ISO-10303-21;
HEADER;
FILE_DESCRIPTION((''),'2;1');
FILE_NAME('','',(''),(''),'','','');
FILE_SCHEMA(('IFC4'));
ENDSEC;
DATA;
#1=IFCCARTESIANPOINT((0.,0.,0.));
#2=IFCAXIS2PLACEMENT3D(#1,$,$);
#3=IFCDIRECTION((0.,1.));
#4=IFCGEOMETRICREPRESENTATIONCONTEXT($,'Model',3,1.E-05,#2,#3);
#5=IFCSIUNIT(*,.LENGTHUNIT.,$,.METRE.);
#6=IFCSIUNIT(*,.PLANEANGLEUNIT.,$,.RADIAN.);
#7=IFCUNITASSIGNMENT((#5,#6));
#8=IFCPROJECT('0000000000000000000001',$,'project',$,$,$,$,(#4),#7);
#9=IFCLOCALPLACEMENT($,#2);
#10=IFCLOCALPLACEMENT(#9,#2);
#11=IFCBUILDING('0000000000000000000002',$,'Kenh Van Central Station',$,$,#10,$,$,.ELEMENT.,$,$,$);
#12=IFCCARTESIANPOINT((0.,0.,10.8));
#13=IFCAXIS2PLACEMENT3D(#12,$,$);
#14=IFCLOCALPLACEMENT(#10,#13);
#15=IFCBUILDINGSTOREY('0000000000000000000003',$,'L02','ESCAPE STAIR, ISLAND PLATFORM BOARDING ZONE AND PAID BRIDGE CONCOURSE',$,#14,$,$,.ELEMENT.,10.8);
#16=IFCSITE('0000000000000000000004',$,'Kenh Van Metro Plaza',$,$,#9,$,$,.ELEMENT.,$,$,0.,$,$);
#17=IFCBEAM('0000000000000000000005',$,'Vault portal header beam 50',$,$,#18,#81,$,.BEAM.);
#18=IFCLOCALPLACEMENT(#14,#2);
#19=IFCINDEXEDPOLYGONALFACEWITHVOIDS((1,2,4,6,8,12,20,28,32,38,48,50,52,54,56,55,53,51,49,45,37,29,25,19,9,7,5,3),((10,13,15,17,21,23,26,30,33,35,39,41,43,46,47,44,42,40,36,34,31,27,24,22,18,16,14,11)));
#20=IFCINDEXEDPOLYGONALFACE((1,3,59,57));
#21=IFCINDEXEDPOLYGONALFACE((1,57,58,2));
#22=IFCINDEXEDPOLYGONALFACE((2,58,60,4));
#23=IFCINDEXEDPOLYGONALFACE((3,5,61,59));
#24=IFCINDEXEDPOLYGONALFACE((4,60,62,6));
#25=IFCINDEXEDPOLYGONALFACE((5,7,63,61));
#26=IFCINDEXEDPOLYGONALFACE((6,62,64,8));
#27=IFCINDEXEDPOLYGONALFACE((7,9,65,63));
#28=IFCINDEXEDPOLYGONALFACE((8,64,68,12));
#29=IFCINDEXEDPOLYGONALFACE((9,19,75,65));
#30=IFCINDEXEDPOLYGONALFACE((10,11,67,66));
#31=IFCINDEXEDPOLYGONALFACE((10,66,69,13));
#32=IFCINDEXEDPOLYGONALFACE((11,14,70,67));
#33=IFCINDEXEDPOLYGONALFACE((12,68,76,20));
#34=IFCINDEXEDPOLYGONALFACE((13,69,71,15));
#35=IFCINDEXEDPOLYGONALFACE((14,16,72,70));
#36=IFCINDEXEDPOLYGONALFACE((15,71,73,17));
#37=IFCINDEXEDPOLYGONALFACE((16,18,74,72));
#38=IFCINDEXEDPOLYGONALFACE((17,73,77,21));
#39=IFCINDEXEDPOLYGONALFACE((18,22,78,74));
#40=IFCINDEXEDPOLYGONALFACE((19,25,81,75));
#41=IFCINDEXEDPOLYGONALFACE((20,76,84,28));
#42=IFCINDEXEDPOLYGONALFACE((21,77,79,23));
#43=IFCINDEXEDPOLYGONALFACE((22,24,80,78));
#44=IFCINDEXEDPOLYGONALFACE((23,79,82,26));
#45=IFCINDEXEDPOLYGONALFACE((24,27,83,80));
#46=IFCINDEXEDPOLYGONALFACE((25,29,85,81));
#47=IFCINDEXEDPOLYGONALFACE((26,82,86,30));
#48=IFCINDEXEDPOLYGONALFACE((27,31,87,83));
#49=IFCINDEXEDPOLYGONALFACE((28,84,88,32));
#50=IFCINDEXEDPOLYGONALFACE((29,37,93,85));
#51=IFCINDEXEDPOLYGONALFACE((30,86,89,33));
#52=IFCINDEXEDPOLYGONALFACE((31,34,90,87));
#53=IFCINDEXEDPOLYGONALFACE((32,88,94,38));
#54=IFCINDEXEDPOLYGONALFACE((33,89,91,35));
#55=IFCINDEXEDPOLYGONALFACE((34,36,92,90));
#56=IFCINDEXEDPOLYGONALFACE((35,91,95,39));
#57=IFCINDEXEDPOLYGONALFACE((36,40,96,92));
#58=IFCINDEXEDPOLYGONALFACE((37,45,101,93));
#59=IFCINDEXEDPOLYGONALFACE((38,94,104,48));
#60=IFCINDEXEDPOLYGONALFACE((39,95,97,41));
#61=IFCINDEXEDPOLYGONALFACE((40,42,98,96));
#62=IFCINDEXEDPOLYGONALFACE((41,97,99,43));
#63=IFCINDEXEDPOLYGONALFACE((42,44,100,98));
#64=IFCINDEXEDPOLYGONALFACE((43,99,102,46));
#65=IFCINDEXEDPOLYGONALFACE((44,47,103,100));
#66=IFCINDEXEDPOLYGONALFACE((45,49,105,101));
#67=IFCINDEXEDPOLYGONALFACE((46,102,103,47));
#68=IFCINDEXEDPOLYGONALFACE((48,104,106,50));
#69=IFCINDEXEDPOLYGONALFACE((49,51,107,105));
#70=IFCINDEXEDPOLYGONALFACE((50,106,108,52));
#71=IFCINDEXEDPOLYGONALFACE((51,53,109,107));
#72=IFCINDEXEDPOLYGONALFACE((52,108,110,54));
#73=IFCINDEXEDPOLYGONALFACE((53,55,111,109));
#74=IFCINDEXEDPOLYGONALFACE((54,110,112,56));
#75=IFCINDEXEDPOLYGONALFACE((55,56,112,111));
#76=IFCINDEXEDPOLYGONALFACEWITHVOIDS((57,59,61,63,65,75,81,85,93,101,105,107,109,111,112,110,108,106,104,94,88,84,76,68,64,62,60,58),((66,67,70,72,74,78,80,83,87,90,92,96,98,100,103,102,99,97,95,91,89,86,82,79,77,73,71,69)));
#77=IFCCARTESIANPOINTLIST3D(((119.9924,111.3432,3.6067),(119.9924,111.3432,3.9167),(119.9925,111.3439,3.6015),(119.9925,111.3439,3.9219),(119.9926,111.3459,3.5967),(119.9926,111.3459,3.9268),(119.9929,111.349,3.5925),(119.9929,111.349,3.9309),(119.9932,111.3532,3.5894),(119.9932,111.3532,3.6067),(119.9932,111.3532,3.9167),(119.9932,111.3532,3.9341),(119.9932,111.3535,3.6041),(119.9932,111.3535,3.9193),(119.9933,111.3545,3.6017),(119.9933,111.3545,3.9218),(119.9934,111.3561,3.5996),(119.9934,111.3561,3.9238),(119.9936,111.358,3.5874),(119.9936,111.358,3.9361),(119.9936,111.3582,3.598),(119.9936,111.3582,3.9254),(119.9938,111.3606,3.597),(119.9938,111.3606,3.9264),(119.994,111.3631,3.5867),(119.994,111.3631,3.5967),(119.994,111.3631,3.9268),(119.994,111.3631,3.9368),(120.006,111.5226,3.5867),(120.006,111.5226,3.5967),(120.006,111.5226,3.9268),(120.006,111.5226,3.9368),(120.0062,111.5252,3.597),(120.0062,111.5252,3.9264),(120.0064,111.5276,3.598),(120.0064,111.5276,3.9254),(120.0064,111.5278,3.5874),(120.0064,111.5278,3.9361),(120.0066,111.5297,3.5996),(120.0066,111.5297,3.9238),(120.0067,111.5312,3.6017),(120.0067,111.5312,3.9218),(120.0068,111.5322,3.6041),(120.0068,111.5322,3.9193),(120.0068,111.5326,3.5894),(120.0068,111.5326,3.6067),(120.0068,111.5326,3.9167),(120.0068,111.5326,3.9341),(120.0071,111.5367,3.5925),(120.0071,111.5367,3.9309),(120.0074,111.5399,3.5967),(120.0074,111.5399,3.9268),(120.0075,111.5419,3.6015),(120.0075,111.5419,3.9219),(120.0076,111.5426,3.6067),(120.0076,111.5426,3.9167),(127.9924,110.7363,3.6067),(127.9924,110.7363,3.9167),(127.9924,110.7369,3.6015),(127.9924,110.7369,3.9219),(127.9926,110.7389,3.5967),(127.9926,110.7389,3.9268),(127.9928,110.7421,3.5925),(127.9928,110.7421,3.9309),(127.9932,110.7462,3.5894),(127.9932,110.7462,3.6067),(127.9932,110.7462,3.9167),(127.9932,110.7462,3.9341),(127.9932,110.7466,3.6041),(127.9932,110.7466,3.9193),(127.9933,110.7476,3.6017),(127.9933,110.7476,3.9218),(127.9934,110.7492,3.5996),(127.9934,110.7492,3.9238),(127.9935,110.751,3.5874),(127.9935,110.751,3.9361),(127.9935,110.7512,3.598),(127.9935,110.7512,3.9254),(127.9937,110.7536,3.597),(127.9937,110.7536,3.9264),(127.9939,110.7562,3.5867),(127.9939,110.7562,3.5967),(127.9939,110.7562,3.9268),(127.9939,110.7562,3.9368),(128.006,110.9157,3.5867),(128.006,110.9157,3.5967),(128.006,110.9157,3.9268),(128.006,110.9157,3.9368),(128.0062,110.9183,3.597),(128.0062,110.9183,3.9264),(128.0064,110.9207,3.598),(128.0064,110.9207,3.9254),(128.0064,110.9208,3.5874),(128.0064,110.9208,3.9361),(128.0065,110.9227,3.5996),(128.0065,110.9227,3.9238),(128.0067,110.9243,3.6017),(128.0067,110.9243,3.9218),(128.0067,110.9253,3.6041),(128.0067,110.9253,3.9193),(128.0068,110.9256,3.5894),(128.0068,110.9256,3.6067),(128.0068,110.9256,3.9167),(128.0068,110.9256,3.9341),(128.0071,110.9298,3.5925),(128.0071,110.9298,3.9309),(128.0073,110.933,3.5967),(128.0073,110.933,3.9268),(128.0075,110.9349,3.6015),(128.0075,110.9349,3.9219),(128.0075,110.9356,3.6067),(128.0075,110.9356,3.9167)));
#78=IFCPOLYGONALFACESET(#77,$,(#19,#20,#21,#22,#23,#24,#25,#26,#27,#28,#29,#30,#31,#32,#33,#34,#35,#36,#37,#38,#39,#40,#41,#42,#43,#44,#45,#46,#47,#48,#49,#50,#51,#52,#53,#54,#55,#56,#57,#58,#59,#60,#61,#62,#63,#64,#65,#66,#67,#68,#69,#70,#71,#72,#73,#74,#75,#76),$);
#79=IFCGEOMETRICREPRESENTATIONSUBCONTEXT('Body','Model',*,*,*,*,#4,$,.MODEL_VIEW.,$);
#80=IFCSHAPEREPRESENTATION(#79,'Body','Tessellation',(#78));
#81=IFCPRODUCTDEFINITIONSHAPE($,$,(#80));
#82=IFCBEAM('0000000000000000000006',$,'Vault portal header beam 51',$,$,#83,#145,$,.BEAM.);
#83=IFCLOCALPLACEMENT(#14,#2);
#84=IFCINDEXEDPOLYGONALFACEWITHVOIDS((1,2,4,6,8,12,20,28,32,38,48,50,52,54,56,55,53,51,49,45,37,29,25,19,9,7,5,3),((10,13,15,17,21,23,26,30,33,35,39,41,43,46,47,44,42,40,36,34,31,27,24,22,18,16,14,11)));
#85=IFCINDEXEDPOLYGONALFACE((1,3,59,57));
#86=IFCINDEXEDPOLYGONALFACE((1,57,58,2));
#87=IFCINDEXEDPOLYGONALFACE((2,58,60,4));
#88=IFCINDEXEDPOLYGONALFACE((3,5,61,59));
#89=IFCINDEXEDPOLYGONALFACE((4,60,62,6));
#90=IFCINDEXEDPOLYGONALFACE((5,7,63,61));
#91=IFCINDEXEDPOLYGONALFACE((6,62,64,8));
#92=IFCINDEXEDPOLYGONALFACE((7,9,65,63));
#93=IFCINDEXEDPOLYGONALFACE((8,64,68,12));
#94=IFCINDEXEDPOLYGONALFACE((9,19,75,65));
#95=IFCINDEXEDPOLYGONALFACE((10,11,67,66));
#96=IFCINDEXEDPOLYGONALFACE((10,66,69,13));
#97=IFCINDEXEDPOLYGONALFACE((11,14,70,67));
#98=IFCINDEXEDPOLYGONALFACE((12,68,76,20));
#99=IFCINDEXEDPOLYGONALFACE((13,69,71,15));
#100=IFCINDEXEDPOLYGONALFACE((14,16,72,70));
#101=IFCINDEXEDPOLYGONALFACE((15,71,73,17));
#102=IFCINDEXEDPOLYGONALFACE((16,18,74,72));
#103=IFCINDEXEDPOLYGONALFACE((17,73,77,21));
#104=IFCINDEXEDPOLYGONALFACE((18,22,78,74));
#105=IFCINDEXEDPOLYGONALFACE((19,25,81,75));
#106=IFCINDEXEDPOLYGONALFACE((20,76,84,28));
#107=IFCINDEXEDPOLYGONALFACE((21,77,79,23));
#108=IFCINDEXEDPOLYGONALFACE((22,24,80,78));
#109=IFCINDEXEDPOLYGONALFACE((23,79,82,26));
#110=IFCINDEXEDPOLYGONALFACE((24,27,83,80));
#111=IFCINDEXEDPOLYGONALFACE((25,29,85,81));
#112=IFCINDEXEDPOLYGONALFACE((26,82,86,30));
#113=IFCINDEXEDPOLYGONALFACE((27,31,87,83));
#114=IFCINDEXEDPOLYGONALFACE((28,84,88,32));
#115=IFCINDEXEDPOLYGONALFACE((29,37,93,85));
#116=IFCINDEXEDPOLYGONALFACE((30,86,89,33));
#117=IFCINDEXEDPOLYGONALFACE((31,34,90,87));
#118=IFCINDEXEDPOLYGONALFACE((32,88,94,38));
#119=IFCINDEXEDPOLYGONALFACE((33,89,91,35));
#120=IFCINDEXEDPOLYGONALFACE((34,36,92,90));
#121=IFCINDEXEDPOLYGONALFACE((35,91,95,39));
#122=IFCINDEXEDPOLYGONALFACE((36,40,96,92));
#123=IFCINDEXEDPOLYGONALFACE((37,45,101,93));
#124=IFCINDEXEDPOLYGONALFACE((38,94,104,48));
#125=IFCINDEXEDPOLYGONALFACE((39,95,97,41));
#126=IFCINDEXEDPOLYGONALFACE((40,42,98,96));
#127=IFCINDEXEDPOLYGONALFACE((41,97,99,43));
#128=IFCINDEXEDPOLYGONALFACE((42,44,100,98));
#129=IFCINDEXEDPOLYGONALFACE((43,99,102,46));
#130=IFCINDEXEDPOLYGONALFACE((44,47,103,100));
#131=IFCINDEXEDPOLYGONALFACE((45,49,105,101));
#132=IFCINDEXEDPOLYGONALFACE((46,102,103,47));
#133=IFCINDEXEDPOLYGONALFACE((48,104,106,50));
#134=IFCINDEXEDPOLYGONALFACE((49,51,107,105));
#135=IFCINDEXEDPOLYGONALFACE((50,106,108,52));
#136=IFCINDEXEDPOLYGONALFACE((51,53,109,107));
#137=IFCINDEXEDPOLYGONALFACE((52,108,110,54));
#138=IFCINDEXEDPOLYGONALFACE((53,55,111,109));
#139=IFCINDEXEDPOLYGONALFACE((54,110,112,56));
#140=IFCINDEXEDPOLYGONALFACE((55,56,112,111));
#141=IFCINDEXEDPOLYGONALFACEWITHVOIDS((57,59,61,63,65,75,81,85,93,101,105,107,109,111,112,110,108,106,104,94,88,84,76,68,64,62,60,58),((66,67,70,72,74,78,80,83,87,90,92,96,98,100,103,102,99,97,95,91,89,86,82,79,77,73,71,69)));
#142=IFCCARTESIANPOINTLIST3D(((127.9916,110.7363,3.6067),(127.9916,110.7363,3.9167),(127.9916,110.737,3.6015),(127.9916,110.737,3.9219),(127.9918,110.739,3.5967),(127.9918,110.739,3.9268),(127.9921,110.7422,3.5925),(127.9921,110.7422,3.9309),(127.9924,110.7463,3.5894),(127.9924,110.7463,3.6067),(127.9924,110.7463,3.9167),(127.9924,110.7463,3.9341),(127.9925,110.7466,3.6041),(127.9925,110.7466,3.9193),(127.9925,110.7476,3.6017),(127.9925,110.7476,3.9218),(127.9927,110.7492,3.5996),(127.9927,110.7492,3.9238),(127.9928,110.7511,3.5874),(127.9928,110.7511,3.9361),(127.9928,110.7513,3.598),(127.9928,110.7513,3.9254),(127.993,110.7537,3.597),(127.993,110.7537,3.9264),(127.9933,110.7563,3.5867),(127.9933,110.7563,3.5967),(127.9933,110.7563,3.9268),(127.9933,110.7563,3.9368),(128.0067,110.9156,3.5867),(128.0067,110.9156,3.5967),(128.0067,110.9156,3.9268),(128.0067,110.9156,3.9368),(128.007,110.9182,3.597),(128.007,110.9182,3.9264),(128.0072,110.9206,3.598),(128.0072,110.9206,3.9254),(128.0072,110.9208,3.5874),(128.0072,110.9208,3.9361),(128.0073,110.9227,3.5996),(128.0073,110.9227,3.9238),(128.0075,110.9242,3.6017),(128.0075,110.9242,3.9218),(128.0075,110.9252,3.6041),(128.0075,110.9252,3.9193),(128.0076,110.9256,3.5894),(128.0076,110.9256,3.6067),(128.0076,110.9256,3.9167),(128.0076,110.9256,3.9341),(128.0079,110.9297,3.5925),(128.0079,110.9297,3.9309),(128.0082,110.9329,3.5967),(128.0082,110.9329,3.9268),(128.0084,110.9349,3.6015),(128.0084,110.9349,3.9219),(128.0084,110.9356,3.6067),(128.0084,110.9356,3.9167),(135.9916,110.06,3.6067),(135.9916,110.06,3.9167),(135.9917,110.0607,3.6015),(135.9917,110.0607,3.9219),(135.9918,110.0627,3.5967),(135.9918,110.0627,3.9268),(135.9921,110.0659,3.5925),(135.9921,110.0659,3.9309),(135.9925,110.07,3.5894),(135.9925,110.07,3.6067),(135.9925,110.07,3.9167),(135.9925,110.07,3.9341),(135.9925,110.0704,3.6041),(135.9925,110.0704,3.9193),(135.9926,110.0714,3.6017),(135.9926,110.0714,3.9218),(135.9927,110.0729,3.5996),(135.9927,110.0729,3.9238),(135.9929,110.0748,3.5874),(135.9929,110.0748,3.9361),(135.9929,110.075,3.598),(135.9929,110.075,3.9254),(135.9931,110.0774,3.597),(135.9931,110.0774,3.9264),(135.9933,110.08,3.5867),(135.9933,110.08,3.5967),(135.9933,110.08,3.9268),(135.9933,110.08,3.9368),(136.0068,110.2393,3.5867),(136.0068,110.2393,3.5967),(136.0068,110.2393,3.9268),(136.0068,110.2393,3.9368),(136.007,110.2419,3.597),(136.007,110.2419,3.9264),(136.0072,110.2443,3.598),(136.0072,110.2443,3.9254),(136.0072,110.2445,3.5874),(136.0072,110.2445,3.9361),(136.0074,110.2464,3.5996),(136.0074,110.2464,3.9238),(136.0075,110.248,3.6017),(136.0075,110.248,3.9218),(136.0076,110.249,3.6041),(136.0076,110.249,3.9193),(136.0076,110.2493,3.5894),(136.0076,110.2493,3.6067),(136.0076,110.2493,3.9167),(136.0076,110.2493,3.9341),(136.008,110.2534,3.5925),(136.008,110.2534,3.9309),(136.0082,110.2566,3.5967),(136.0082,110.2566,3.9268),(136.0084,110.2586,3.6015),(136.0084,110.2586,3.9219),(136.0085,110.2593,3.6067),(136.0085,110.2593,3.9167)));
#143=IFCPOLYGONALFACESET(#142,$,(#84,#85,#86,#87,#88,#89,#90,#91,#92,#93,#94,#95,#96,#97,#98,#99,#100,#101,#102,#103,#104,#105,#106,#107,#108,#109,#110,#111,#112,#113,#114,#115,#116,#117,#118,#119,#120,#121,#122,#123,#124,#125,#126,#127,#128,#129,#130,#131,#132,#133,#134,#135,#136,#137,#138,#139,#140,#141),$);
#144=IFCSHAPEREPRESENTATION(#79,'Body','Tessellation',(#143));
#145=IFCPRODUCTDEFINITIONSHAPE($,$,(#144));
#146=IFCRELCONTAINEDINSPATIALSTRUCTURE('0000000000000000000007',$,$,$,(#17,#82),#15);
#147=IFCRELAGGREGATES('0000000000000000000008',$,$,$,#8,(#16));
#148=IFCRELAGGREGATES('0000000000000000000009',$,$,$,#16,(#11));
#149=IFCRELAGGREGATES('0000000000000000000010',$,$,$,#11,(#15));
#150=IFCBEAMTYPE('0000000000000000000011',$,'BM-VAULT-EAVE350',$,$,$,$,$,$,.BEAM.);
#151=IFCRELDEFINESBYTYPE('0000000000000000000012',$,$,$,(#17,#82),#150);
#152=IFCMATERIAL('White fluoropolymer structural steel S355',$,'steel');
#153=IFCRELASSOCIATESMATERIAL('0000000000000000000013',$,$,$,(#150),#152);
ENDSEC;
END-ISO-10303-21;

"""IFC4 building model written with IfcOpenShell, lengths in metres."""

from ifc_helpers import new_model, si_unit, direction, frame, origin, origin_2d, place, context, subcontext, project, spatial, hollow_rectangle, extrude, material, material_profile, profile_set, type_object, element, save


model = new_model("IFC4")

# Units and contexts
model_context = context("Model", 3, precision=1e-05, world=origin(), true_north=direction((0.0, 1.0)))
body_context = subcontext(model_context, "Body", "Model", "MODEL_VIEW")
ifc_project = project(units=[si_unit("LENGTHUNIT", "METRE"), si_unit("PLANEANGLEUNIT", "RADIAN")], contexts=[model_context])

# Site, building, storey
site_placement = place(None, origin())
site = spatial("IfcSite", under=ifc_project, at=site_placement, Name="Kenh Van Metro Plaza", CompositionType="ELEMENT", RefElevation=0.0)
building_placement = place(site_placement, origin())
building = spatial("IfcBuilding", under=site, at=building_placement, Name="Kenh Van Central Station", CompositionType="ELEMENT")
storey_placement = place(building_placement, frame((0.0, 0.0, 10.8)))
storey = spatial("IfcBuildingStorey", under=building, at=storey_placement, Name="L02", Description="ESCAPE STAIR, ISLAND PLATFORM BOARDING ZONE AND PAID BRIDGE CONCOURSE", CompositionType="ELEMENT", Elevation=10.8)

# Beams
ifc_material_1 = material(Name="White fluoropolymer structural steel S355", Category="steel")
ifc_material_profile_1 = material_profile(ifc_material_1, hollow_rectangle(XDim=0.2, YDim=0.3501, WallThickness=0.01, InnerFilletRadius=0.01, OuterFilletRadius=0.02, at=origin_2d()), Name="RHS 350x200x10")
ifc_profile_set_1 = profile_set([ifc_material_profile_1], Name="White fluoropolymer structural steel S355")
beam_type_1 = type_object("IfcBeamType", Name="BM-VAULT-EAVE350", PredefinedType="BEAM", material=ifc_profile_set_1)
beam_1_placement = place(storey_placement, frame((120.0, 111.4429, 3.7617), z_axis=(0.997134, -0.075649, 0.0), x_axis=(0.075649, 0.997134, 0.0)))
element("IfcBeam", 1, at=beam_1_placement, inside=storey, type_object=beam_type_1, Name="Vault portal header beam 50", PredefinedType="BEAM", context=body_context, shape_type="SweptSolid", body=[
    extrude(hollow_rectangle(XDim=0.2, YDim=0.3501, WallThickness=0.01, InnerFilletRadius=0.01, OuterFilletRadius=0.02, at=origin_2d()), origin(), (0.0, 0.0, 1.0), 8.0229),
])
beam_2_placement = place(storey_placement, frame((128.0, 110.8359, 3.7617), z_axis=(0.996446, -0.084233, 0.0), x_axis=(0.084233, 0.996446, 0.0)))
element("IfcBeam", 2, at=beam_2_placement, inside=storey, type_object=beam_type_1, Name="Vault portal header beam 51", PredefinedType="BEAM", context=body_context, shape_type="SweptSolid", body=[
    extrude(hollow_rectangle(XDim=0.2, YDim=0.3501, WallThickness=0.01, InnerFilletRadius=0.01, OuterFilletRadius=0.02, at=origin_2d()), origin(), (0.0, 0.0, 1.0), 8.0286),
])

save(model, "model.ifc")
